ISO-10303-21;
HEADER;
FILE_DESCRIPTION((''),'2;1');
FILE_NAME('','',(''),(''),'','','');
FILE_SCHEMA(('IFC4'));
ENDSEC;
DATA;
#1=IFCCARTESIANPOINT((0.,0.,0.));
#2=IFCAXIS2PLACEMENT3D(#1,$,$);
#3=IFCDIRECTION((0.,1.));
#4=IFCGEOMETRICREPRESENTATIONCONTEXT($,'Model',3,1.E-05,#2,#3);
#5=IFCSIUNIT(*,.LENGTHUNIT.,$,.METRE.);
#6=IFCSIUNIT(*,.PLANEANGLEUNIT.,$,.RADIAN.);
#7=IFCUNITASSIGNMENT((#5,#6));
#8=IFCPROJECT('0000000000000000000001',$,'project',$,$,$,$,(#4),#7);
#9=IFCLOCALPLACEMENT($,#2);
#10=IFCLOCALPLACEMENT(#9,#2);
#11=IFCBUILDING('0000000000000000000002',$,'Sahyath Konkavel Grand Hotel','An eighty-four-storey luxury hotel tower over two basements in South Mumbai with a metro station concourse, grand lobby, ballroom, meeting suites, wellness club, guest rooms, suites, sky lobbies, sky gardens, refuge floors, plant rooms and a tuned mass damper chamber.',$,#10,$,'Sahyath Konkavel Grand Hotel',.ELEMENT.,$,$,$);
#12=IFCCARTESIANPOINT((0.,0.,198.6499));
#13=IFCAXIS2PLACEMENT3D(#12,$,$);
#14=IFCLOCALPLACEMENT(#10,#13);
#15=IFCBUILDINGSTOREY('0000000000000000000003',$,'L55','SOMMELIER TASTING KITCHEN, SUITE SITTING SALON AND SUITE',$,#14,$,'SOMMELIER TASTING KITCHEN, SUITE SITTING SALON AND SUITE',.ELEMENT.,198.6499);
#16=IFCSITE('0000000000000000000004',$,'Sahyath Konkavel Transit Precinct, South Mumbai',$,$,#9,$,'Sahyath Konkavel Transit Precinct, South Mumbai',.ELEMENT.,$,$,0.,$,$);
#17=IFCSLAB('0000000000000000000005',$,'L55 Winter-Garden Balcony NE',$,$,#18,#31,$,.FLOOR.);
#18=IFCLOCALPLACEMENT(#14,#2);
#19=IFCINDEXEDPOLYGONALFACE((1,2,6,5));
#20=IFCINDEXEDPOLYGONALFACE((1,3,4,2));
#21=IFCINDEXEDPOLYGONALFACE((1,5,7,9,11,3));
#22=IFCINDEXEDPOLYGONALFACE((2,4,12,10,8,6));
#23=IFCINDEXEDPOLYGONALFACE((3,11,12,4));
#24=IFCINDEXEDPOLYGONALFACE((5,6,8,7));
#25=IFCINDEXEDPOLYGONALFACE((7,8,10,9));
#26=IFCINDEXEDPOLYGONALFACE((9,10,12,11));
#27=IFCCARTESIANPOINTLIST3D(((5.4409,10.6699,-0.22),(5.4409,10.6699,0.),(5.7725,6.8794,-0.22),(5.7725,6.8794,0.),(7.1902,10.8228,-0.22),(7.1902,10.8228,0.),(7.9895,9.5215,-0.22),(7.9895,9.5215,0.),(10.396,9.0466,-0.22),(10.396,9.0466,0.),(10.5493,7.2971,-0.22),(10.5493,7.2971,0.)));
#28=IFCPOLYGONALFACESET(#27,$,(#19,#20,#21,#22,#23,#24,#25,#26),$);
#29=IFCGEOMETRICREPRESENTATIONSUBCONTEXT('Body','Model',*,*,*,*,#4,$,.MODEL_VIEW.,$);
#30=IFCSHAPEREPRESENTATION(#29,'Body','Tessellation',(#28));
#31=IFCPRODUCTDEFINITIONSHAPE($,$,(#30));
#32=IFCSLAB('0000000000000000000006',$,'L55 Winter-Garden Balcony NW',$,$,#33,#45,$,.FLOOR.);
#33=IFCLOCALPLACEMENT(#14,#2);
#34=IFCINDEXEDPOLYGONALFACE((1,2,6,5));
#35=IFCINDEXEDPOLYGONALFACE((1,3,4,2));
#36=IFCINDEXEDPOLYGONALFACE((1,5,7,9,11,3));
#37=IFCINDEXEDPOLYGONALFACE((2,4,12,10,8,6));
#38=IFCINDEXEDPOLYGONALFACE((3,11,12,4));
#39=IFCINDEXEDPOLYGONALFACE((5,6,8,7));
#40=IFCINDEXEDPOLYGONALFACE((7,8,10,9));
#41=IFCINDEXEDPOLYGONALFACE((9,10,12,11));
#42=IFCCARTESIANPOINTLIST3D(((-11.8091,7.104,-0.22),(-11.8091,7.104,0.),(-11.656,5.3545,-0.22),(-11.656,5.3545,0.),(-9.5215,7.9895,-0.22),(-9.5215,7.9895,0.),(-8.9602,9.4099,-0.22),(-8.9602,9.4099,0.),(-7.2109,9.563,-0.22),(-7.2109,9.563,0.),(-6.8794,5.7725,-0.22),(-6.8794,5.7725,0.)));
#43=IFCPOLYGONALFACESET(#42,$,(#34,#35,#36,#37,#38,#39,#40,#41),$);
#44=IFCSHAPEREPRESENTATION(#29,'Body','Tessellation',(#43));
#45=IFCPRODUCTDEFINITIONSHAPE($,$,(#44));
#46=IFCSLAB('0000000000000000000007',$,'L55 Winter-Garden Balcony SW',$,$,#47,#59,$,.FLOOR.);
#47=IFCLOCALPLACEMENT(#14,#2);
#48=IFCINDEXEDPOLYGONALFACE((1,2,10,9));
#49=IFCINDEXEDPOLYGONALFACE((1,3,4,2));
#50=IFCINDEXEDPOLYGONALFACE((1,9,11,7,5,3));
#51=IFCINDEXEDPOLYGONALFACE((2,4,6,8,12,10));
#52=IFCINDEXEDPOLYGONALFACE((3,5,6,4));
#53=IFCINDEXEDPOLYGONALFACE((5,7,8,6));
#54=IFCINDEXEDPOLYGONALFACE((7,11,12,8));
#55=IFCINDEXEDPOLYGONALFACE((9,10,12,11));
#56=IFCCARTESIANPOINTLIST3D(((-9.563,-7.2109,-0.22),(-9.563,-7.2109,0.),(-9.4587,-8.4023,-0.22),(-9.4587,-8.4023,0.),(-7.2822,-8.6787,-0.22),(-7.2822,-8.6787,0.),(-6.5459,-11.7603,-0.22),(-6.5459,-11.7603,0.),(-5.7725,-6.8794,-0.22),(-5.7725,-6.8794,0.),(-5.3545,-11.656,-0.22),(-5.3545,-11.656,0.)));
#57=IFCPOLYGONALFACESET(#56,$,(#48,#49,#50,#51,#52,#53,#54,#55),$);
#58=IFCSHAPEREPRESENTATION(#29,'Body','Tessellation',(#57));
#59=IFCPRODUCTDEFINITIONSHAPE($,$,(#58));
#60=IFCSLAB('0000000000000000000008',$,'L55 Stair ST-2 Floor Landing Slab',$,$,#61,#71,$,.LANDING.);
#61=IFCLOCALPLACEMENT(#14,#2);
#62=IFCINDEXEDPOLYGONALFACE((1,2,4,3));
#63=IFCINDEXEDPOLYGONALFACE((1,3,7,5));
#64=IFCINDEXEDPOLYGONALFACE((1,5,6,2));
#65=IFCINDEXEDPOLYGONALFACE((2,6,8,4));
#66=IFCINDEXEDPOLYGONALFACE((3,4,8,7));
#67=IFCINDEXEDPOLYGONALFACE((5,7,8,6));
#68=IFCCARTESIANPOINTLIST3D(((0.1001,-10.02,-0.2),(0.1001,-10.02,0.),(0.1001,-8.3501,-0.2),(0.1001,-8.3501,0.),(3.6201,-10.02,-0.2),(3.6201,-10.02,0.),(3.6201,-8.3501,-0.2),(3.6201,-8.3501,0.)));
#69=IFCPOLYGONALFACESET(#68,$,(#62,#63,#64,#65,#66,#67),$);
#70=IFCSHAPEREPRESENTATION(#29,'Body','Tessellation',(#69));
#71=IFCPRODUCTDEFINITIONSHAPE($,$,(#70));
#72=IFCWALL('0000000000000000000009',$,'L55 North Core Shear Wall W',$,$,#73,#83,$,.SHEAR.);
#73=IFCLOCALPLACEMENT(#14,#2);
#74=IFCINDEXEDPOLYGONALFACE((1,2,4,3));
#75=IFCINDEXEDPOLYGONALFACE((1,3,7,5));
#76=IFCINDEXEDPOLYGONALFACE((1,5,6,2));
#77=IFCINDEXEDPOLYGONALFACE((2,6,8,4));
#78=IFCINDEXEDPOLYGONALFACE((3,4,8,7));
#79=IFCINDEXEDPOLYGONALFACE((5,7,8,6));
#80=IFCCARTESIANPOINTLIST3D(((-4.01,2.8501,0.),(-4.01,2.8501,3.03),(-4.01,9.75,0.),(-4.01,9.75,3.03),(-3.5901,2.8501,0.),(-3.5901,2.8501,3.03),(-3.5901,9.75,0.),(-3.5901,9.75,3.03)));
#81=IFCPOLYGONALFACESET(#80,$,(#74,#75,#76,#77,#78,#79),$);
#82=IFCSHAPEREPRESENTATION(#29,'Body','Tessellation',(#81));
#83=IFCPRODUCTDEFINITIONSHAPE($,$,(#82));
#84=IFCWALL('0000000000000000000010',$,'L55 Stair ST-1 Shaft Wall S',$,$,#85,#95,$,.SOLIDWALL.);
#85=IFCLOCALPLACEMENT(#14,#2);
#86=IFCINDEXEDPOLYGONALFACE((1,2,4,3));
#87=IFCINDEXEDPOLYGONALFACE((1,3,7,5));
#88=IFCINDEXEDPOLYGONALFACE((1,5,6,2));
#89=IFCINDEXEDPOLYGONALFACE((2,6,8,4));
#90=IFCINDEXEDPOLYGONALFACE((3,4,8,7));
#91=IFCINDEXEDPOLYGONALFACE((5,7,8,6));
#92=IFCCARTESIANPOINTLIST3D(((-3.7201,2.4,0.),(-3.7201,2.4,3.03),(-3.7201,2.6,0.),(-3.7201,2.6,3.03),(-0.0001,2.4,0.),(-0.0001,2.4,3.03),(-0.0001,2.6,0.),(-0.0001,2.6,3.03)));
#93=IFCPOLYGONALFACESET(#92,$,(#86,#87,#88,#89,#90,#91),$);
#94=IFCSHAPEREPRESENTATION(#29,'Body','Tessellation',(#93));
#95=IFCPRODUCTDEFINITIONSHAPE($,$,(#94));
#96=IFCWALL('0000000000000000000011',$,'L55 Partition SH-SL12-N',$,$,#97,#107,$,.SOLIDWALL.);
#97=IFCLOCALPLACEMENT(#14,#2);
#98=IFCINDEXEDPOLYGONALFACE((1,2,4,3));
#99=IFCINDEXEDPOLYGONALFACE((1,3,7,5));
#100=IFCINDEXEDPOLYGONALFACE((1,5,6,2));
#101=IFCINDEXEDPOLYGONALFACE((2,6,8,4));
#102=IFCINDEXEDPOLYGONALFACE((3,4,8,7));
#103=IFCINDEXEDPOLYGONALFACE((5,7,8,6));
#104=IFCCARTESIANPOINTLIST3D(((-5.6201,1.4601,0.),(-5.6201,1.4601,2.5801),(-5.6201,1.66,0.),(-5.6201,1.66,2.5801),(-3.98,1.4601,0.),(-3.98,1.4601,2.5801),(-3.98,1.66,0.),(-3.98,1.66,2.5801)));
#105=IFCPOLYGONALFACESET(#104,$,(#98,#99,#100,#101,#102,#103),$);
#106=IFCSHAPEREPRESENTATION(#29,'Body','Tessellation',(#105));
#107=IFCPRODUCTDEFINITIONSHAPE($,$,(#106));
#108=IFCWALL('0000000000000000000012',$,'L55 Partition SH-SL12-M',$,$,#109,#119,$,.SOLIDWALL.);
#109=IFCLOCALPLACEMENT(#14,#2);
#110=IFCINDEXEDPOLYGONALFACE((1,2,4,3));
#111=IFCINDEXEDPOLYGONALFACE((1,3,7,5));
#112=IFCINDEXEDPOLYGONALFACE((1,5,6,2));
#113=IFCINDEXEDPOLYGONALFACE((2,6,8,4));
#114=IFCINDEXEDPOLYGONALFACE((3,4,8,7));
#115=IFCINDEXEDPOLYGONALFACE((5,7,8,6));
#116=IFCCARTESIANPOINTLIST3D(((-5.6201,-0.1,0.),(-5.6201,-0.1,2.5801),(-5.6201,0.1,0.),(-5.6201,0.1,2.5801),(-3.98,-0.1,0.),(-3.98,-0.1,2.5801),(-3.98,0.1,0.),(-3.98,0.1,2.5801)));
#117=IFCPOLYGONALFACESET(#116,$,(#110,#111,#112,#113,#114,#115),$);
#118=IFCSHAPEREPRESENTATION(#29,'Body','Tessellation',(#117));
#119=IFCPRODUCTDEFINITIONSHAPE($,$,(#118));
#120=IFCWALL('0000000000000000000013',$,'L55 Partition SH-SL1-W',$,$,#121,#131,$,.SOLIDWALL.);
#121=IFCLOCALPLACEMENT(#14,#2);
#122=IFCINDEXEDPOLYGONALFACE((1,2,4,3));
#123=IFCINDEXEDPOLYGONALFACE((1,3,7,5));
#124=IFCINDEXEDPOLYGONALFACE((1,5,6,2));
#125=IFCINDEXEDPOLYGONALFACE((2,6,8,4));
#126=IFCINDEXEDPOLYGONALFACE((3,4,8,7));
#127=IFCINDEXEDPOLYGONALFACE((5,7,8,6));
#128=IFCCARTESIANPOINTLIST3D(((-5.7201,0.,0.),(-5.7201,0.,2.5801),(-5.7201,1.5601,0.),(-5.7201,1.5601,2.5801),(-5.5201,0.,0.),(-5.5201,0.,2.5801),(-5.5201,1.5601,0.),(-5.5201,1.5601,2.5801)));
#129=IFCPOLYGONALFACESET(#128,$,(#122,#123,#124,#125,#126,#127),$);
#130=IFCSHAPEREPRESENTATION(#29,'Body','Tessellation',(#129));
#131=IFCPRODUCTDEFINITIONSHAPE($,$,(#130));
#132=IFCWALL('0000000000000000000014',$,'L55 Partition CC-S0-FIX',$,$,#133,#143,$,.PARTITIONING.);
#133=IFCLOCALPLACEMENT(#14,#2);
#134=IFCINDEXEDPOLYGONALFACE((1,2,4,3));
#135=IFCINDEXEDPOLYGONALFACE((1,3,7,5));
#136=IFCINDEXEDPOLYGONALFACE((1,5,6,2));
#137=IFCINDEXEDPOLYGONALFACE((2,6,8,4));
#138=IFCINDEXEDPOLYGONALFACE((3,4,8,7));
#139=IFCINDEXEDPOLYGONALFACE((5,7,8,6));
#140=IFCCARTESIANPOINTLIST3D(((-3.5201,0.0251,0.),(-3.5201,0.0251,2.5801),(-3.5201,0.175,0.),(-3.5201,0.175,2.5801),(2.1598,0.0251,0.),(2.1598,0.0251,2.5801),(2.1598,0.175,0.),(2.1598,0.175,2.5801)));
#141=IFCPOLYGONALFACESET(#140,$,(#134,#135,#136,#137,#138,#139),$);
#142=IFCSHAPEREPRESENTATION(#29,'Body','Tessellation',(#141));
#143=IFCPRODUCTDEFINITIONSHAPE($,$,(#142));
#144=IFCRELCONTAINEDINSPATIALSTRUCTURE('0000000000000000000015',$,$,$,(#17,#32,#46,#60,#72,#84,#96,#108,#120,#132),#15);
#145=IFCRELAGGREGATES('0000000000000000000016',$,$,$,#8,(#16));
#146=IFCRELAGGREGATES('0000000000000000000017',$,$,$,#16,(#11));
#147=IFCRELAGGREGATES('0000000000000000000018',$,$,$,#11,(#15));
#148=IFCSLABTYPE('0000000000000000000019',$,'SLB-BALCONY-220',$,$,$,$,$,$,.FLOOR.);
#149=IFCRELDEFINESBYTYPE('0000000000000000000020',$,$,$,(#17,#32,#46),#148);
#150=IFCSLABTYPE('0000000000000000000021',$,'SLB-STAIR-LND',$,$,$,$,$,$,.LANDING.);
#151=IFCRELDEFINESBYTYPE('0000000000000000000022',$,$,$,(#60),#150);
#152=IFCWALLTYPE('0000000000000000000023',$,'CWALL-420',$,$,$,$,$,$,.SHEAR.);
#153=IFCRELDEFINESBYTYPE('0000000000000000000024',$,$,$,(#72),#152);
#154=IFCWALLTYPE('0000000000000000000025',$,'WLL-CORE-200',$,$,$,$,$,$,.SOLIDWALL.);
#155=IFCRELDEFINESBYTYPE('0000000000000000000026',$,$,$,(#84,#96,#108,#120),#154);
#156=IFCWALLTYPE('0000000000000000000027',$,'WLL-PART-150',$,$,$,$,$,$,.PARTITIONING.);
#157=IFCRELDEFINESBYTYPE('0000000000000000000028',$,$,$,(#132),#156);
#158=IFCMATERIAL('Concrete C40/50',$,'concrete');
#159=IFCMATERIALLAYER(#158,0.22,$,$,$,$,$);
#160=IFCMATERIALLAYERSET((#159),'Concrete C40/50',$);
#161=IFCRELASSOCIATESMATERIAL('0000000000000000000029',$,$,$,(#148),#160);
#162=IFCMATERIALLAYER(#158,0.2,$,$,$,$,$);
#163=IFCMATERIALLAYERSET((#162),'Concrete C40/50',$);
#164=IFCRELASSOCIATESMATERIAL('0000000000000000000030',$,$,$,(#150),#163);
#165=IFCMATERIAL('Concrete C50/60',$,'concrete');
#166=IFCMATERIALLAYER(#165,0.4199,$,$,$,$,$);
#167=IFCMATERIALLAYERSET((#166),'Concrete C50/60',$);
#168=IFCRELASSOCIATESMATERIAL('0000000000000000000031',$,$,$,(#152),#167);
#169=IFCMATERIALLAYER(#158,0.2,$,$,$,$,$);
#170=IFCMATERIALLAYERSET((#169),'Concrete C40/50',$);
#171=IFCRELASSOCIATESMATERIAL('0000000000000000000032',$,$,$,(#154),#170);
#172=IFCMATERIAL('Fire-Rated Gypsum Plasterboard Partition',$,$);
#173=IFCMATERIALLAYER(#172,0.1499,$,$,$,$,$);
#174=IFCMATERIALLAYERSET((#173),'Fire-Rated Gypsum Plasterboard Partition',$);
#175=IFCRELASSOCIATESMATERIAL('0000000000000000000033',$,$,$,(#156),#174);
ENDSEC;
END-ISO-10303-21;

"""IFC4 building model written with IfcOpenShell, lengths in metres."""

from ifc_helpers import new_model, si_unit, direction, frame, frame_2d, origin, place, context, subcontext, project, spatial, polyline, rectangle, outline, extrude, material, layer, layer_set, type_object, element, save


model = new_model("IFC4")

# Units and contexts
model_context = context("Model", 3, precision=1e-05, world=origin(), true_north=direction((0.0, 1.0)))
body_context = subcontext(model_context, "Body", "Model", "MODEL_VIEW")
ifc_project = project(units=[si_unit("LENGTHUNIT", "METRE"), si_unit("PLANEANGLEUNIT", "RADIAN")], contexts=[model_context])

# Site, building, storey
site_placement = place(None, origin())
site = spatial("IfcSite", under=ifc_project, at=site_placement, Name="Sahyath Konkavel Transit Precinct, South Mumbai", LongName="Sahyath Konkavel Transit Precinct, South Mumbai", CompositionType="ELEMENT", RefElevation=0.0)
building_placement = place(site_placement, origin())
building = spatial("IfcBuilding", under=site, at=building_placement, Name="Sahyath Konkavel Grand Hotel", Description="An eighty-four-storey luxury hotel tower over two basements in South Mumbai with a metro station concourse, grand lobby, ballroom, meeting suites, wellness club, guest rooms, suites, sky lobbies, sky gardens, refuge floors, plant rooms and a tuned mass damper chamber.", LongName="Sahyath Konkavel Grand Hotel", CompositionType="ELEMENT")
storey_placement = place(building_placement, frame((0.0, 0.0, 198.6499)))
storey = spatial("IfcBuildingStorey", under=building, at=storey_placement, Name="L55", Description="SOMMELIER TASTING KITCHEN, SUITE SITTING SALON AND SUITE", LongName="SOMMELIER TASTING KITCHEN, SUITE SITTING SALON AND SUITE", CompositionType="ELEMENT", Elevation=198.6499)

# Shared definitions
ifc_material_1 = material(Name="Concrete C50/60", Category="concrete")

# Slabs
ifc_material_2 = material(Name="Concrete C40/50", Category="concrete")
ifc_layer_1 = layer(ifc_material_2, 0.22)
ifc_layer_set_1 = layer_set([ifc_layer_1], Name="Concrete C40/50")
slab_type_1 = type_object("IfcSlabType", Name="SLB-BALCONY-220", PredefinedType="FLOOR", material=ifc_layer_set_1)
slab_1_placement = place(storey_placement, frame((0.0, 0.0, -0.22)))
element("IfcSlab", 1, at=slab_1_placement, inside=storey, type_object=slab_type_1, Name="L55 Winter-Garden Balcony NE", PredefinedType="FLOOR", context=body_context, shape_type="SweptSolid", body=[
    extrude(outline(polyline([(5.7725, 6.8794), (10.5493, 7.2971), (10.396, 9.0466), (7.9895, 9.5215), (7.1902, 10.8228), (5.4409, 10.6699), (5.7725, 6.8794)])), origin(), (0.0, 0.0, 1.0), 0.22),
])
slab_2_placement = place(storey_placement, frame((0.0, 0.0, -0.22)))
element("IfcSlab", 2, at=slab_2_placement, inside=storey, type_object=slab_type_1, Name="L55 Winter-Garden Balcony NW", PredefinedType="FLOOR", context=body_context, shape_type="SweptSolid", body=[
    extrude(outline(polyline([(-6.8794, 5.7725), (-7.2109, 9.563), (-8.9602, 9.4099), (-9.5215, 7.9895), (-11.8091, 7.104), (-11.656, 5.3545), (-6.8794, 5.7725)])), origin(), (0.0, 0.0, 1.0), 0.22),
])
slab_3_placement = place(storey_placement, frame((0.0, 0.0, -0.22)))
element("IfcSlab", 3, at=slab_3_placement, inside=storey, type_object=slab_type_1, Name="L55 Winter-Garden Balcony SW", PredefinedType="FLOOR", context=body_context, shape_type="SweptSolid", body=[
    extrude(outline(polyline([(-5.7725, -6.8794), (-9.563, -7.2109), (-9.4587, -8.4023), (-7.2822, -8.6787), (-6.5459, -11.7603), (-5.3545, -11.656), (-5.7725, -6.8794)])), origin(), (0.0, 0.0, 1.0), 0.22),
])
ifc_layer_2 = layer(ifc_material_2, 0.2)
ifc_layer_set_2 = layer_set([ifc_layer_2], Name="Concrete C40/50")
slab_type_2 = type_object("IfcSlabType", Name="SLB-STAIR-LND", PredefinedType="LANDING", material=ifc_layer_set_2)
slab_4_placement = place(storey_placement, frame((0.0, 0.0, -0.2)))
element("IfcSlab", 4, at=slab_4_placement, inside=storey, type_object=slab_type_2, Name="L55 Stair ST-2 Floor Landing Slab", PredefinedType="LANDING", context=body_context, shape_type="SweptSolid", body=[
    extrude(outline(polyline([(0.1001, -10.02), (3.6201, -10.02), (3.6201, -8.3501), (0.1001, -8.3501), (0.1001, -10.02)])), origin(), (0.0, 0.0, 1.0), 0.2),
])

# Walls
ifc_layer_3 = layer(ifc_material_1, 0.4199)
ifc_layer_set_3 = layer_set([ifc_layer_3], Name="Concrete C50/60")
wall_type_1 = type_object("IfcWallType", Name="CWALL-420", PredefinedType="SHEAR", material=ifc_layer_set_3)
wall_1_placement = place(storey_placement, frame((-3.8, 2.8501, 0.0), z_axis=(0.0, 0.0, 1.0), x_axis=(0.0, 1.0, 0.0)))
element("IfcWall", 5, at=wall_1_placement, inside=storey, type_object=wall_type_1, Name="L55 North Core Shear Wall W", PredefinedType="SHEAR", context=body_context, shape_type="SweptSolid", body=[
    extrude(rectangle(XDim=6.8999, YDim=0.4199, at=frame_2d((3.45, 0.0))), origin(), (0.0, 0.0, 1.0), 3.03),
])
ifc_layer_4 = layer(ifc_material_2, 0.2)
ifc_layer_set_4 = layer_set([ifc_layer_4], Name="Concrete C40/50")
wall_type_2 = type_object("IfcWallType", Name="WLL-CORE-200", PredefinedType="SOLIDWALL", material=ifc_layer_set_4)
wall_2_placement = place(storey_placement, frame((-3.72, 2.5, 0.0), z_axis=(0.0, 0.0, 1.0), x_axis=(1.0, 0.0, 0.0)))
element("IfcWall", 6, at=wall_2_placement, inside=storey, type_object=wall_type_2, Name="L55 Stair ST-1 Shaft Wall S", PredefinedType="SOLIDWALL", context=body_context, shape_type="SweptSolid", body=[
    extrude(rectangle(XDim=3.72, YDim=0.2, at=frame_2d((1.8599, 0.0))), origin(), (0.0, 0.0, 1.0), 3.03),
])
for number, where, z_axis, x_axis, name in (
    (7, (-5.6201, 1.5601, 0.0), (0.0, 0.0, 1.0), (1.0, 0.0, 0.0), "L55 Partition SH-SL12-N"),
    (8, (-5.6201, 0.0, 0.0), (0.0, 0.0, 1.0), (1.0, 0.0, 0.0), "L55 Partition SH-SL12-M"),
):
    element("IfcWall", number, at=place(storey_placement, frame(where, z_axis=z_axis, x_axis=x_axis)), inside=storey, type_object=wall_type_2, Name=name, PredefinedType="SOLIDWALL", context=body_context, shape_type="SweptSolid", body=[
        extrude(rectangle(XDim=1.6401, YDim=0.2, at=frame_2d((0.8201, 0.0))), origin(), (0.0, 0.0, 1.0), 2.5801),
    ])
wall_3_placement = place(storey_placement, frame((-5.6201, 0.0, 0.0), z_axis=(0.0, 0.0, 1.0), x_axis=(0.0, 1.0, 0.0)))
element("IfcWall", 9, at=wall_3_placement, inside=storey, type_object=wall_type_2, Name="L55 Partition SH-SL1-W", PredefinedType="SOLIDWALL", context=body_context, shape_type="SweptSolid", body=[
    extrude(rectangle(XDim=1.5601, YDim=0.2, at=frame_2d((0.78, 0.0))), origin(), (0.0, 0.0, 1.0), 2.5801),
])
ifc_material_3 = material(Name="Fire-Rated Gypsum Plasterboard Partition")
ifc_layer_5 = layer(ifc_material_3, 0.1499)
ifc_layer_set_5 = layer_set([ifc_layer_5], Name="Fire-Rated Gypsum Plasterboard Partition")
wall_type_3 = type_object("IfcWallType", Name="WLL-PART-150", PredefinedType="PARTITIONING", material=ifc_layer_set_5)
wall_4_placement = place(storey_placement, frame((-3.52, 0.1001, 0.0), z_axis=(0.0, 0.0, 1.0), x_axis=(1.0, 0.0, 0.0)))
element("IfcWall", 10, at=wall_4_placement, inside=storey, type_object=wall_type_3, Name="L55 Partition CC-S0-FIX", PredefinedType="PARTITIONING", context=body_context, shape_type="SweptSolid", body=[
    extrude(rectangle(XDim=5.6799, YDim=0.1499, at=frame_2d((2.8398, 0.0))), origin(), (0.0, 0.0, 1.0), 2.5801),
])

save(model, "model.ifc")
